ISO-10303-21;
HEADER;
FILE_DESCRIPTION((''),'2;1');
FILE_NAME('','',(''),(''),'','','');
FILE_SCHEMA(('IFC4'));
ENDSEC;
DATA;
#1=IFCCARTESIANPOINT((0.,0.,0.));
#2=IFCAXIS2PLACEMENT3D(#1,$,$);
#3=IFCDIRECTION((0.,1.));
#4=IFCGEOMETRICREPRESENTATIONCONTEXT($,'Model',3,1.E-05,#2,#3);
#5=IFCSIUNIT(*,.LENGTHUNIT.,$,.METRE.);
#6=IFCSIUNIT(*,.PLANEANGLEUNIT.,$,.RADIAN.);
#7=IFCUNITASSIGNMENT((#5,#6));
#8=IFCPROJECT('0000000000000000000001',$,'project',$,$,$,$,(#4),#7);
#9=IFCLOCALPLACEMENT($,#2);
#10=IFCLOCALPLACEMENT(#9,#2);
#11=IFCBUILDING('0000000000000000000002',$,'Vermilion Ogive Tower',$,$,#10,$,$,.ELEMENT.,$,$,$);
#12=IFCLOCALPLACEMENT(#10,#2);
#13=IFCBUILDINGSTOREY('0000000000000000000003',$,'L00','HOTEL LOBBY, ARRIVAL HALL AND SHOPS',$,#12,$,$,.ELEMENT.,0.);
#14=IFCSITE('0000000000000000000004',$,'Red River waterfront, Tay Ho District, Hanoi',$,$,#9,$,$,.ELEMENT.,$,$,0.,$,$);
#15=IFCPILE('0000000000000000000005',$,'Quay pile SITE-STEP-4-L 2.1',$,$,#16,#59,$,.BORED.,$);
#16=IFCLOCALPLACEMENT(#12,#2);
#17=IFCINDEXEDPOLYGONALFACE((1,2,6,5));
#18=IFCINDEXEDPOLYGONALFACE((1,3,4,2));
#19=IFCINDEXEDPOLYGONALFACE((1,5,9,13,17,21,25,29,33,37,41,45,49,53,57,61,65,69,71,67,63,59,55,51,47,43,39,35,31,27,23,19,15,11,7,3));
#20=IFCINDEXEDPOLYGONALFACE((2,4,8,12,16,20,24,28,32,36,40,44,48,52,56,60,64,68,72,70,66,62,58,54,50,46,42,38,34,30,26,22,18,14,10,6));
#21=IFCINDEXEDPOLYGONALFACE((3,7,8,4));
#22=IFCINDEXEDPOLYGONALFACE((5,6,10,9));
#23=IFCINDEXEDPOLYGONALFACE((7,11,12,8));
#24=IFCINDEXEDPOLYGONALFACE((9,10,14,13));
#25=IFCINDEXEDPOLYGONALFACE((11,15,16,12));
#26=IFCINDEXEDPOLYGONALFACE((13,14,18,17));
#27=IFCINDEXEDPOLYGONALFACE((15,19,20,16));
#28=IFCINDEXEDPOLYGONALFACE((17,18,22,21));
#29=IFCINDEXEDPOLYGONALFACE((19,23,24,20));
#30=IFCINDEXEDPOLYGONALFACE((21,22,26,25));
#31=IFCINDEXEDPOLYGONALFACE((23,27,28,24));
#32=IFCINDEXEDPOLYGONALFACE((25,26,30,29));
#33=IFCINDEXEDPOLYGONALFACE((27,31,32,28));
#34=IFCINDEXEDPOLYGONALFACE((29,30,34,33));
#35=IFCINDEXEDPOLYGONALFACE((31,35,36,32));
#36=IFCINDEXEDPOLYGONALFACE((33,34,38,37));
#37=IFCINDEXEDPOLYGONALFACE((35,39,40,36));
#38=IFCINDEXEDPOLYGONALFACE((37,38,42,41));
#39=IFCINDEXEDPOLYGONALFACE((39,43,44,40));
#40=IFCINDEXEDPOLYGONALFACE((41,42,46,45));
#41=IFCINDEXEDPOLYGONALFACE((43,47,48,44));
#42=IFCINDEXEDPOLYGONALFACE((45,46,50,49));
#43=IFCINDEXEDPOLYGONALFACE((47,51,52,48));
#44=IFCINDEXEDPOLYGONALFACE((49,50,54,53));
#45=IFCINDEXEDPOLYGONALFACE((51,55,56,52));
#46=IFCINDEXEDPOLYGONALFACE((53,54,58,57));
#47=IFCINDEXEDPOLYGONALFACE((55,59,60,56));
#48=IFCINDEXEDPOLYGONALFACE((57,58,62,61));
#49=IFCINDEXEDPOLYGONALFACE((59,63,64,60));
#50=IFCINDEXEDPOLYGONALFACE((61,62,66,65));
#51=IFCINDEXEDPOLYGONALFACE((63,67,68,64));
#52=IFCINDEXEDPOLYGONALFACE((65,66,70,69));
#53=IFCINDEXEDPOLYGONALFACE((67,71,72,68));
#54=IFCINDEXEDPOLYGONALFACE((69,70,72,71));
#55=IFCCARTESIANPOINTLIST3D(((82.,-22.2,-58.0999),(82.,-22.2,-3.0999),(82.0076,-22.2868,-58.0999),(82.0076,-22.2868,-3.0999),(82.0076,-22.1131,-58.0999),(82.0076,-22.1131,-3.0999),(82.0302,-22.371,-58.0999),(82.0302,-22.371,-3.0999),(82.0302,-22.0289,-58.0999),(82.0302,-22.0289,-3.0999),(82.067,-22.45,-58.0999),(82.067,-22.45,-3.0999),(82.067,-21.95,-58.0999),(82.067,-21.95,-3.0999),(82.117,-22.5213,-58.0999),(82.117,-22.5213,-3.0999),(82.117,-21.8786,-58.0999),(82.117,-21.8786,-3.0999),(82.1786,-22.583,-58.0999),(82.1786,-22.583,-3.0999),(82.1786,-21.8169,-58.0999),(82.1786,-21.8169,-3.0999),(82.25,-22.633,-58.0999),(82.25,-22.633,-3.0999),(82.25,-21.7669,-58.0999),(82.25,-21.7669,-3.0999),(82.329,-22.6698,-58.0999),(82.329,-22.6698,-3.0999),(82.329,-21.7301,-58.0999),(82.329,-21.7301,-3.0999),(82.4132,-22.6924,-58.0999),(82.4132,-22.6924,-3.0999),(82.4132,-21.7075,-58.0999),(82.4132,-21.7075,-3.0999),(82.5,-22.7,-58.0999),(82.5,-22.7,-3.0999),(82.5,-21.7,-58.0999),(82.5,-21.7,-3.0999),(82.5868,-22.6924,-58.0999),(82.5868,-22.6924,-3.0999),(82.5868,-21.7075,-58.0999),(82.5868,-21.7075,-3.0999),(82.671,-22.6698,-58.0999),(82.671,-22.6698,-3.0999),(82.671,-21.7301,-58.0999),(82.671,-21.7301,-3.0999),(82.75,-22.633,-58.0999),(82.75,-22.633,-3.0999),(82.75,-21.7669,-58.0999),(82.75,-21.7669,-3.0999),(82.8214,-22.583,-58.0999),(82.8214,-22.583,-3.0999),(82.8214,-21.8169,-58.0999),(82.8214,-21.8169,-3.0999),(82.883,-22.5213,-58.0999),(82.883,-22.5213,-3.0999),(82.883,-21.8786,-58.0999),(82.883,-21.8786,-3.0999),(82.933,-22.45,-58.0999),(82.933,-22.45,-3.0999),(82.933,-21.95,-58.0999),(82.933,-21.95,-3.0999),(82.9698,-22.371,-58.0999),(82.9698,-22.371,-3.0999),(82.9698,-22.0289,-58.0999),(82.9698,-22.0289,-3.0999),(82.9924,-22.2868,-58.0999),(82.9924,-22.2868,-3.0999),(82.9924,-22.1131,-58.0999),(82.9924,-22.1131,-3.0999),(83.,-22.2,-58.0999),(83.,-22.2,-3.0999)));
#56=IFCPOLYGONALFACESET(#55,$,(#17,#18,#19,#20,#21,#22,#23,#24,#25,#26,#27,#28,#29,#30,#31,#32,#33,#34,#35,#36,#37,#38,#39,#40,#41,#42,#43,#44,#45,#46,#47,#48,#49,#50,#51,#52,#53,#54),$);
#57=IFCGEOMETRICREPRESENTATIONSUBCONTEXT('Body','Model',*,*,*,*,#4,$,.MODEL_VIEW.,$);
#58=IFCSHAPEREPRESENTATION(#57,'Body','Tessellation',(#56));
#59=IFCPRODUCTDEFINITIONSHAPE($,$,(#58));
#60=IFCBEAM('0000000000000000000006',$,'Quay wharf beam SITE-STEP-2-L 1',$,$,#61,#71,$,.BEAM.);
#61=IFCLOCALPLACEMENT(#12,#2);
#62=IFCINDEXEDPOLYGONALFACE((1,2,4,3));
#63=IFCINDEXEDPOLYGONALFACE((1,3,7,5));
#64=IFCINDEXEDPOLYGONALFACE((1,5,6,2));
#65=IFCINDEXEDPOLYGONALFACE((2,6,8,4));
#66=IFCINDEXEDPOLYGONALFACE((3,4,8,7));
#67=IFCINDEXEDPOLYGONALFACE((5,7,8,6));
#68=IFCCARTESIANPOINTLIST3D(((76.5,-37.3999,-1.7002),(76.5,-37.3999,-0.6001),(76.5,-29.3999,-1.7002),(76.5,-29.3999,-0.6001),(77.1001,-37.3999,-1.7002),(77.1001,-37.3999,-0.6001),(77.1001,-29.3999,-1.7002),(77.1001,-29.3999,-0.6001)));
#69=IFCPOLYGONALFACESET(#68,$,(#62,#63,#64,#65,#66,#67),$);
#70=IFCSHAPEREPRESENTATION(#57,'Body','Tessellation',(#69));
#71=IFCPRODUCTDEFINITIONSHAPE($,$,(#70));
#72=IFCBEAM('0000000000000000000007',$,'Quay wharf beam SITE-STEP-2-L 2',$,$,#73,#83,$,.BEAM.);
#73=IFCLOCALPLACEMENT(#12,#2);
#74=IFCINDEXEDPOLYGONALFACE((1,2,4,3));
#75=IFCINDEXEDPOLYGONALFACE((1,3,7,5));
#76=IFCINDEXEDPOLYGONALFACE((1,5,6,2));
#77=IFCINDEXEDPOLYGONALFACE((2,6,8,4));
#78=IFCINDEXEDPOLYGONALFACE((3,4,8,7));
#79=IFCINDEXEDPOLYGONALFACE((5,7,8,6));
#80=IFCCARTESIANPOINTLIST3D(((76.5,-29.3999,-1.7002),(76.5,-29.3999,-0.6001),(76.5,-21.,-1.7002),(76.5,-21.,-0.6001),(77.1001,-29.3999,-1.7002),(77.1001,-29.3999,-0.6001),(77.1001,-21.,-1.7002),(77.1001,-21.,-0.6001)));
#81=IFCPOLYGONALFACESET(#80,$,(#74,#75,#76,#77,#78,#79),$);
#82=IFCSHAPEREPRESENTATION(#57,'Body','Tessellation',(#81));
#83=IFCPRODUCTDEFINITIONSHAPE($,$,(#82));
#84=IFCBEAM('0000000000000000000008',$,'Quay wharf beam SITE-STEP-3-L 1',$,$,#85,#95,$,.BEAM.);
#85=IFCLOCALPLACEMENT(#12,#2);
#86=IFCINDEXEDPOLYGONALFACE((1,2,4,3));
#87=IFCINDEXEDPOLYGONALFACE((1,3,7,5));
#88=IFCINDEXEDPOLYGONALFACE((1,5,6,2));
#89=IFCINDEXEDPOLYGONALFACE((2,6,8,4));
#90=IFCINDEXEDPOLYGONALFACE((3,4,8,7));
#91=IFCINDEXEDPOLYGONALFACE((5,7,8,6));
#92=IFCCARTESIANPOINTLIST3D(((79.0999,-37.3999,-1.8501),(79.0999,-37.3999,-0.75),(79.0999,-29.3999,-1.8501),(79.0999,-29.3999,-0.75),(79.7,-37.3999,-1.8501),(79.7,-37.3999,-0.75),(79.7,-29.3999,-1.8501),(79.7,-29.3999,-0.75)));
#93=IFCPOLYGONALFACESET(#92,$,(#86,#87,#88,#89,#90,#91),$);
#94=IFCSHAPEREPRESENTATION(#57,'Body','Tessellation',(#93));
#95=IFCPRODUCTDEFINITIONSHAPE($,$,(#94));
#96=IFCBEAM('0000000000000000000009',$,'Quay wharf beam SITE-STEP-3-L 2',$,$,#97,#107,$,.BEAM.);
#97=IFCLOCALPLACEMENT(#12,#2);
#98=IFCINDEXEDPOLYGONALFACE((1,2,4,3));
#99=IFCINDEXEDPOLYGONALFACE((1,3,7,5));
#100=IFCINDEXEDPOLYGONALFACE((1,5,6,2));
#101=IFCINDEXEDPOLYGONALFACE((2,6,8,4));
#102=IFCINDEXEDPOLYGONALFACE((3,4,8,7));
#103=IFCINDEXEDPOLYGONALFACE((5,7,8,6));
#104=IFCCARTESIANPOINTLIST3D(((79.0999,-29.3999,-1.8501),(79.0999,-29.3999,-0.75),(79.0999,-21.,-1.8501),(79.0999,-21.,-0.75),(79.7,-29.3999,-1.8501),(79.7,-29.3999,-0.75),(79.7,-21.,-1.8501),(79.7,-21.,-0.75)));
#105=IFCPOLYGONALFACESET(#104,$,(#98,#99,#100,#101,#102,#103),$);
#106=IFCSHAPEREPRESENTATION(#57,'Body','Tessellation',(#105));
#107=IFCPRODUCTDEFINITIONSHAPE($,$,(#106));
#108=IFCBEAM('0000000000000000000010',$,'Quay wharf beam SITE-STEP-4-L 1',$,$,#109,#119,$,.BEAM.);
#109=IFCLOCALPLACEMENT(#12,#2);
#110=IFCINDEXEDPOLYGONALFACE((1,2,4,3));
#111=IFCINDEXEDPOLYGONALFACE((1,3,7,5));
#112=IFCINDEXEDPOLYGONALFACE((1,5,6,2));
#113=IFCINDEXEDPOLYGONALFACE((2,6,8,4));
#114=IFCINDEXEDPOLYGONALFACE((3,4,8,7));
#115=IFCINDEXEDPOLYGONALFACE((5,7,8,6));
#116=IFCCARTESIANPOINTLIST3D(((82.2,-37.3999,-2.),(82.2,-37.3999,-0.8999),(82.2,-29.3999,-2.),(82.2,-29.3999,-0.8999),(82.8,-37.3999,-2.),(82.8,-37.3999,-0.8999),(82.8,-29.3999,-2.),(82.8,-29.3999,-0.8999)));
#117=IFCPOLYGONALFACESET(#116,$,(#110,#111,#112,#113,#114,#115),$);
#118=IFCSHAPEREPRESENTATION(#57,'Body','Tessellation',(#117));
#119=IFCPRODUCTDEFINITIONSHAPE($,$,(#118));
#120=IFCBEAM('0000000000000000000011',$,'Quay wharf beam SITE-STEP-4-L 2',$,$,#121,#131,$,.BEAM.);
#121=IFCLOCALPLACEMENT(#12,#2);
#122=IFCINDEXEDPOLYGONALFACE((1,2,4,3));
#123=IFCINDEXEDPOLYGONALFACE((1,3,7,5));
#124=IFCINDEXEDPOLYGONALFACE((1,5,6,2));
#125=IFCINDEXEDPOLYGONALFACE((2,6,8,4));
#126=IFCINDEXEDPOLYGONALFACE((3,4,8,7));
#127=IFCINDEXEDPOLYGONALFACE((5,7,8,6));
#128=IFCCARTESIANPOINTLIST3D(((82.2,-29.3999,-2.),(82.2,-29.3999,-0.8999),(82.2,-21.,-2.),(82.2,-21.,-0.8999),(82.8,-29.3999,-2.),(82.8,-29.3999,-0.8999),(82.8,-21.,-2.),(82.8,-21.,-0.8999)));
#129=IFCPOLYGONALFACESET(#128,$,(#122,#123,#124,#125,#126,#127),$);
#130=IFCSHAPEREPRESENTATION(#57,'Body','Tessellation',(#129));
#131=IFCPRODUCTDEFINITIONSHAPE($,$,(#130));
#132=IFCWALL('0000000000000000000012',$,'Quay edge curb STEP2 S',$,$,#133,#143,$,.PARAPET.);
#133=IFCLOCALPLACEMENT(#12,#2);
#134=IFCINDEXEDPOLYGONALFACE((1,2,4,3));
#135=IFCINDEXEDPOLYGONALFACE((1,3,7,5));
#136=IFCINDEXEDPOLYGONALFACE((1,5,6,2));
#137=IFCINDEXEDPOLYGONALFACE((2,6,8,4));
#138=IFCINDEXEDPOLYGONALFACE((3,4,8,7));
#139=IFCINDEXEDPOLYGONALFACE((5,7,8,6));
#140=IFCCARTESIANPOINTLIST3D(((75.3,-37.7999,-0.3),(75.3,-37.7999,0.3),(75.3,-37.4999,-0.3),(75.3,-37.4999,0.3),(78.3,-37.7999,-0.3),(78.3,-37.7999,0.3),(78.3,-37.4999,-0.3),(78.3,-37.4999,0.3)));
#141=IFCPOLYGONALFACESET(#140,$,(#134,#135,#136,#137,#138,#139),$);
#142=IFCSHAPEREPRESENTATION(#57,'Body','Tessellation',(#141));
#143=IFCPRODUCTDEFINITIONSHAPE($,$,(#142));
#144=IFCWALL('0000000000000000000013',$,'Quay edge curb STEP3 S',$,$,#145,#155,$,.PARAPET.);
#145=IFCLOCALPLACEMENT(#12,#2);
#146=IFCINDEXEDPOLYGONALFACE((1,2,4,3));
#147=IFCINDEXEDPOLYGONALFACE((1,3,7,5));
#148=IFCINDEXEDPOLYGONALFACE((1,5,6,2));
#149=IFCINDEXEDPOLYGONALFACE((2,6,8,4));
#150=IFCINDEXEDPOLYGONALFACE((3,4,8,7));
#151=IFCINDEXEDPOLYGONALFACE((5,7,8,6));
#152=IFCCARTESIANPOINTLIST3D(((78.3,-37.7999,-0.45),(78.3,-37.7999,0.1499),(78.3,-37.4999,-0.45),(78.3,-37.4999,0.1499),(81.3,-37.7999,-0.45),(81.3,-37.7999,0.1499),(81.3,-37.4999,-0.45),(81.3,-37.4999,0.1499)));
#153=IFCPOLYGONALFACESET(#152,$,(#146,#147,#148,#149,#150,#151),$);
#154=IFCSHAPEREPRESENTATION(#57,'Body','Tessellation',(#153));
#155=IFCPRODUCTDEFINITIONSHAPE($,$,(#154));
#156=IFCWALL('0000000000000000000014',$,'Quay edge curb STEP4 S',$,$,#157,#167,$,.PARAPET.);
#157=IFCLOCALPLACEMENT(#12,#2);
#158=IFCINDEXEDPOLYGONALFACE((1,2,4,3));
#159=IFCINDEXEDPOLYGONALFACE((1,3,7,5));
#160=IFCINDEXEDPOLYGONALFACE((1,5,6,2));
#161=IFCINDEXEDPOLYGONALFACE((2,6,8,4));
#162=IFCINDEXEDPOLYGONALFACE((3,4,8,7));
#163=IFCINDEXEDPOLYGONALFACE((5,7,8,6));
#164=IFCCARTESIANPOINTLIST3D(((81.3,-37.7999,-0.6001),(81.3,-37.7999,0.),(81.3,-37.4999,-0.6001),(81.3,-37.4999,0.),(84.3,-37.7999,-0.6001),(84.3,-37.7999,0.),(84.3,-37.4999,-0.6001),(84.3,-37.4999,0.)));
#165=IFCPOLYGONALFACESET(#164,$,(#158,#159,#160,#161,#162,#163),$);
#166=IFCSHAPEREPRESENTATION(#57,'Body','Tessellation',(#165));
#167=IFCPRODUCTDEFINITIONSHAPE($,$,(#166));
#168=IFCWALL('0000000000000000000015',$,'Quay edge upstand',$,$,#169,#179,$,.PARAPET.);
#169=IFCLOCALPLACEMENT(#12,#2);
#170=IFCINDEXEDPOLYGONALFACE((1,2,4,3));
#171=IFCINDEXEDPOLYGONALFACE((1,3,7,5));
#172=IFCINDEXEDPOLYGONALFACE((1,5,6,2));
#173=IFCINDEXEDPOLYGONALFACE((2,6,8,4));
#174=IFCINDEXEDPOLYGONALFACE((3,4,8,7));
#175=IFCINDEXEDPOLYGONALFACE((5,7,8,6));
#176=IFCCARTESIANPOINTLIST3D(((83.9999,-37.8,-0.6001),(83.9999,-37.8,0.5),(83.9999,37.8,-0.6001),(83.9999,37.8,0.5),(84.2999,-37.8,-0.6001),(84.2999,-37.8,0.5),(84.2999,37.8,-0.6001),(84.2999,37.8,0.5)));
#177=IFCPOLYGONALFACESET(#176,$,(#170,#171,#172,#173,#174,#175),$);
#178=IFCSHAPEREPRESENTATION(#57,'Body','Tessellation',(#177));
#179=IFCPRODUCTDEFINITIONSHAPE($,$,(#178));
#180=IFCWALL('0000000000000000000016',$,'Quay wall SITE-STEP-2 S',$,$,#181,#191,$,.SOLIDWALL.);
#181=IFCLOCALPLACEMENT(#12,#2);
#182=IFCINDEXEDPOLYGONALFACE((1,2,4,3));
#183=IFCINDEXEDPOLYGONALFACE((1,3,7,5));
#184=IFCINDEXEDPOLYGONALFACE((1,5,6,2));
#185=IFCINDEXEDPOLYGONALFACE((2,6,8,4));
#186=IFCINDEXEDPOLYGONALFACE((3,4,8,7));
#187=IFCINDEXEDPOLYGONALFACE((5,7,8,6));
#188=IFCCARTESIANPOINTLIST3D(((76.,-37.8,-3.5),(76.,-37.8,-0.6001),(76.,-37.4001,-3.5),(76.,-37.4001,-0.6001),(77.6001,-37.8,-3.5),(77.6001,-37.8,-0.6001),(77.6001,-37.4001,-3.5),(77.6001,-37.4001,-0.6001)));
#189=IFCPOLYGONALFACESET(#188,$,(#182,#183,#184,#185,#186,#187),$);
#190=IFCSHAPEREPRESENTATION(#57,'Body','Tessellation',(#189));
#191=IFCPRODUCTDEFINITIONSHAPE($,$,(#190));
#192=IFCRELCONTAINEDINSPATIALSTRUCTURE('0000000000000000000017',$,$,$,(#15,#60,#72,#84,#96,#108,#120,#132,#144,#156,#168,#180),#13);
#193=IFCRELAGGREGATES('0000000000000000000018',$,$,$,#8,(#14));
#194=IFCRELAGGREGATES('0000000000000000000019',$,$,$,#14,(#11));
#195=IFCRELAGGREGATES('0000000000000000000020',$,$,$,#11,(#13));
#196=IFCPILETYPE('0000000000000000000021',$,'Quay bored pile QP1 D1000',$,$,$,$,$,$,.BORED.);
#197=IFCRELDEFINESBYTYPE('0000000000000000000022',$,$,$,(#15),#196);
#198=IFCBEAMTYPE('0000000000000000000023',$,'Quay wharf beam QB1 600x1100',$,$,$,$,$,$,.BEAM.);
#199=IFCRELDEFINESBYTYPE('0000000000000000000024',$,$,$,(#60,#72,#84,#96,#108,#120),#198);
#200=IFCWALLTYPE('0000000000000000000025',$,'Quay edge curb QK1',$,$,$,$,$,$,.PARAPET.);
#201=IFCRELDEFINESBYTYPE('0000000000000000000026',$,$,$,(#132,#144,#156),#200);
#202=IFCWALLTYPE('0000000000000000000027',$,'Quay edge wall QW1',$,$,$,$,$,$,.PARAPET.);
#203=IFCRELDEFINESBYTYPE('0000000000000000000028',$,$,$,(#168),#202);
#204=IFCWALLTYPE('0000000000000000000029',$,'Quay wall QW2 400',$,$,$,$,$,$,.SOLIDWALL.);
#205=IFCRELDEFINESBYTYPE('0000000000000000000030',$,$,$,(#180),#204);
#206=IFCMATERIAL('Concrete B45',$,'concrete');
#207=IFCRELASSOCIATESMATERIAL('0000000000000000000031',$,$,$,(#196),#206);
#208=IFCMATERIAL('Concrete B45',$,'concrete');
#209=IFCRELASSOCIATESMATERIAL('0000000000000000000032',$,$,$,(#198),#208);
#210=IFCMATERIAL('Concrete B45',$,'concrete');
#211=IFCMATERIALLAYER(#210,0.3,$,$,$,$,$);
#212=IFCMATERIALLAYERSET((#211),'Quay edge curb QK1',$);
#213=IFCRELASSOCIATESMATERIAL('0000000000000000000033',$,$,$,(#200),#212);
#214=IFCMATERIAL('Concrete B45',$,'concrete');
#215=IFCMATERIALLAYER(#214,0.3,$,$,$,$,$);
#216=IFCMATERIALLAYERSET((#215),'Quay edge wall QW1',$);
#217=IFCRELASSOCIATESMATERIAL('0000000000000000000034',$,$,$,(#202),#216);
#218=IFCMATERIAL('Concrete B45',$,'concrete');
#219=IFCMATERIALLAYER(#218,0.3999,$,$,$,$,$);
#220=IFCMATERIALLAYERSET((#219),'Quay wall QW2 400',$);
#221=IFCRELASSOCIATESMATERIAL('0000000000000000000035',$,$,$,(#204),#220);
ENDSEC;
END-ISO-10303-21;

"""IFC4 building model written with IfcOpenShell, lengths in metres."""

from ifc_helpers import new_model, si_unit, direction, frame, frame_2d, origin, origin_2d, place, context, subcontext, project, spatial, rectangle, circle, extrude, material, layer, layer_set, material_profile, profile_set, type_object, element, save


model = new_model("IFC4")

# Units and contexts
model_context = context("Model", 3, precision=1e-05, world=origin(), true_north=direction((0.0, 1.0)))
body_context = subcontext(model_context, "Body", "Model", "MODEL_VIEW")
ifc_project = project(units=[si_unit("LENGTHUNIT", "METRE"), si_unit("PLANEANGLEUNIT", "RADIAN")], contexts=[model_context])

# Site, building, storey
site_placement = place(None, origin())
site = spatial("IfcSite", under=ifc_project, at=site_placement, Name="Red River waterfront, Tay Ho District, Hanoi", CompositionType="ELEMENT", RefElevation=0.0)
building_placement = place(site_placement, origin())
building = spatial("IfcBuilding", under=site, at=building_placement, Name="Vermilion Ogive Tower", CompositionType="ELEMENT")
storey_placement = place(building_placement, origin())
storey = spatial("IfcBuildingStorey", under=building, at=storey_placement, Name="L00", Description="HOTEL LOBBY, ARRIVAL HALL AND SHOPS", CompositionType="ELEMENT", Elevation=0.0)

# Pile
ifc_material_1 = material(Name="Concrete B45", Category="concrete")
pile_type = type_object("IfcPileType", Name="Quay bored pile QP1 D1000", PredefinedType="BORED", material=ifc_material_1)
for number, where, z_axis, x_axis, name in (
    (1, (82.5, -22.2, -3.0999), (0.0, 0.0, -1.0), (1.0, 0.0, 0.0), "Quay pile SITE-STEP-4-L 2.1"),
):
    element("IfcPile", number, at=place(storey_placement, frame(where, z_axis=z_axis, x_axis=x_axis)), inside=storey, type_object=pile_type, Name=name, PredefinedType="BORED", context=body_context, shape_type="SweptSolid", body=[
        extrude(circle(Radius=0.5, at=origin_2d()), origin(), (0.0, 0.0, 1.0), 55.0),
    ])

# Beams
ifc_material_2 = material(Name="Concrete B45", Category="concrete")
ifc_material_profile = material_profile(ifc_material_2, rectangle(XDim=0.6001, YDim=1.1001, at=origin_2d()), Name="RC 600x1100")
ifc_profile_set = profile_set([ifc_material_profile], Name="Concrete B45")
beam_type = type_object("IfcBeamType", Name="Quay wharf beam QB1 600x1100", PredefinedType="BEAM", material=ifc_profile_set)
beam_1_placement = place(storey_placement, frame((76.8, -37.3999, -1.1501), z_axis=(0.0, 1.0, 0.0), x_axis=(-1.0, 0.0, 0.0)))
element("IfcBeam", 2, at=beam_1_placement, inside=storey, type_object=beam_type, Name="Quay wharf beam SITE-STEP-2-L 1", PredefinedType="BEAM", context=body_context, shape_type="SweptSolid", body=[
    extrude(rectangle(XDim=0.6001, YDim=1.1001, at=origin_2d()), origin(), (0.0, 0.0, 1.0), 8.0),
])
beam_2_placement = place(storey_placement, frame((76.8, -29.3999, -1.1501), z_axis=(0.0, 1.0, 0.0), x_axis=(-1.0, 0.0, 0.0)))
element("IfcBeam", 3, at=beam_2_placement, inside=storey, type_object=beam_type, Name="Quay wharf beam SITE-STEP-2-L 2", PredefinedType="BEAM", context=body_context, shape_type="SweptSolid", body=[
    extrude(rectangle(XDim=0.6001, YDim=1.1001, at=origin_2d()), origin(), (0.0, 0.0, 1.0), 8.3999),
])
beam_3_placement = place(storey_placement, frame((79.3999, -37.3999, -1.3), z_axis=(0.0, 1.0, 0.0), x_axis=(-1.0, 0.0, 0.0)))
element("IfcBeam", 4, at=beam_3_placement, inside=storey, type_object=beam_type, Name="Quay wharf beam SITE-STEP-3-L 1", PredefinedType="BEAM", context=body_context, shape_type="SweptSolid", body=[
    extrude(rectangle(XDim=0.6001, YDim=1.1001, at=origin_2d()), origin(), (0.0, 0.0, 1.0), 8.0),
])
beam_4_placement = place(storey_placement, frame((79.3999, -29.3999, -1.3), z_axis=(0.0, 1.0, 0.0), x_axis=(-1.0, 0.0, 0.0)))
element("IfcBeam", 5, at=beam_4_placement, inside=storey, type_object=beam_type, Name="Quay wharf beam SITE-STEP-3-L 2", PredefinedType="BEAM", context=body_context, shape_type="SweptSolid", body=[
    extrude(rectangle(XDim=0.6001, YDim=1.1001, at=origin_2d()), origin(), (0.0, 0.0, 1.0), 8.3999),
])
beam_5_placement = place(storey_placement, frame((82.5, -37.3999, -1.45), z_axis=(0.0, 1.0, 0.0), x_axis=(-1.0, 0.0, 0.0)))
element("IfcBeam", 6, at=beam_5_placement, inside=storey, type_object=beam_type, Name="Quay wharf beam SITE-STEP-4-L 1", PredefinedType="BEAM", context=body_context, shape_type="SweptSolid", body=[
    extrude(rectangle(XDim=0.6001, YDim=1.1001, at=origin_2d()), origin(), (0.0, 0.0, 1.0), 8.0),
])
beam_6_placement = place(storey_placement, frame((82.5, -29.3999, -1.45), z_axis=(0.0, 1.0, 0.0), x_axis=(-1.0, 0.0, 0.0)))
element("IfcBeam", 7, at=beam_6_placement, inside=storey, type_object=beam_type, Name="Quay wharf beam SITE-STEP-4-L 2", PredefinedType="BEAM", context=body_context, shape_type="SweptSolid", body=[
    extrude(rectangle(XDim=0.6001, YDim=1.1001, at=origin_2d()), origin(), (0.0, 0.0, 1.0), 8.3999),
])

# Walls
ifc_material_3 = material(Name="Concrete B45", Category="concrete")
ifc_layer_1 = layer(ifc_material_3, 0.3)
ifc_layer_set_1 = layer_set([ifc_layer_1], Name="Quay edge curb QK1")
wall_type_1 = type_object("IfcWallType", Name="Quay edge curb QK1", PredefinedType="PARAPET", material=ifc_layer_set_1)
wall_1_placement = place(storey_placement, frame((75.3, -37.6499, -0.3), z_axis=(0.0, 0.0, 1.0), x_axis=(1.0, 0.0, 0.0)))
element("IfcWall", 8, at=wall_1_placement, inside=storey, type_object=wall_type_1, Name="Quay edge curb STEP2 S", PredefinedType="PARAPET", context=body_context, shape_type="SweptSolid", body=[
    extrude(rectangle(XDim=3.0, YDim=0.3, at=frame_2d((1.5, 0.0))), origin(), (0.0, 0.0, 1.0), 0.6001),
])
wall_2_placement = place(storey_placement, frame((78.3, -37.6499, -0.45), z_axis=(0.0, 0.0, 1.0), x_axis=(1.0, 0.0, 0.0)))
element("IfcWall", 9, at=wall_2_placement, inside=storey, type_object=wall_type_1, Name="Quay edge curb STEP3 S", PredefinedType="PARAPET", context=body_context, shape_type="SweptSolid", body=[
    extrude(rectangle(XDim=3.0, YDim=0.3, at=frame_2d((1.5, 0.0))), origin(), (0.0, 0.0, 1.0), 0.5999),
])
wall_3_placement = place(storey_placement, frame((81.3, -37.6499, -0.6001), z_axis=(0.0, 0.0, 1.0), x_axis=(1.0, 0.0, 0.0)))
element("IfcWall", 10, at=wall_3_placement, inside=storey, type_object=wall_type_1, Name="Quay edge curb STEP4 S", PredefinedType="PARAPET", context=body_context, shape_type="SweptSolid", body=[
    extrude(rectangle(XDim=3.0, YDim=0.3, at=frame_2d((1.5, 0.0))), origin(), (0.0, 0.0, 1.0), 0.6001),
])
ifc_material_4 = material(Name="Concrete B45", Category="concrete")
ifc_layer_2 = layer(ifc_material_4, 0.3)
ifc_layer_set_2 = layer_set([ifc_layer_2], Name="Quay edge wall QW1")
wall_type_2 = type_object("IfcWallType", Name="Quay edge wall QW1", PredefinedType="PARAPET", material=ifc_layer_set_2)
wall_4_placement = place(storey_placement, frame((84.1499, -37.8, -0.6001), z_axis=(0.0, 0.0, 1.0), x_axis=(0.0, 1.0, 0.0)))
element("IfcWall", 11, at=wall_4_placement, inside=storey, type_object=wall_type_2, Name="Quay edge upstand", PredefinedType="PARAPET", context=body_context, shape_type="SweptSolid", body=[
    extrude(rectangle(XDim=75.6001, YDim=0.3, at=frame_2d((37.8, 0.0))), origin(), (0.0, 0.0, 1.0), 1.1001),
])
ifc_material_5 = material(Name="Concrete B45", Category="concrete")
ifc_layer_3 = layer(ifc_material_5, 0.3999)
ifc_layer_set_3 = layer_set([ifc_layer_3], Name="Quay wall QW2 400")
wall_type_3 = type_object("IfcWallType", Name="Quay wall QW2 400", PredefinedType="SOLIDWALL", material=ifc_layer_set_3)
wall_5_placement = place(storey_placement, frame((76.0, -37.6001, -3.5), z_axis=(0.0, 0.0, 1.0), x_axis=(1.0, 0.0, 0.0)))
element("IfcWall", 12, at=wall_5_placement, inside=storey, type_object=wall_type_3, Name="Quay wall SITE-STEP-2 S", PredefinedType="SOLIDWALL", context=body_context, shape_type="SweptSolid", body=[
    extrude(rectangle(XDim=1.6001, YDim=0.3999, at=frame_2d((0.8, 0.0))), origin(), (0.0, 0.0, 1.0), 2.8999),
])

save(model, "model.ifc")
